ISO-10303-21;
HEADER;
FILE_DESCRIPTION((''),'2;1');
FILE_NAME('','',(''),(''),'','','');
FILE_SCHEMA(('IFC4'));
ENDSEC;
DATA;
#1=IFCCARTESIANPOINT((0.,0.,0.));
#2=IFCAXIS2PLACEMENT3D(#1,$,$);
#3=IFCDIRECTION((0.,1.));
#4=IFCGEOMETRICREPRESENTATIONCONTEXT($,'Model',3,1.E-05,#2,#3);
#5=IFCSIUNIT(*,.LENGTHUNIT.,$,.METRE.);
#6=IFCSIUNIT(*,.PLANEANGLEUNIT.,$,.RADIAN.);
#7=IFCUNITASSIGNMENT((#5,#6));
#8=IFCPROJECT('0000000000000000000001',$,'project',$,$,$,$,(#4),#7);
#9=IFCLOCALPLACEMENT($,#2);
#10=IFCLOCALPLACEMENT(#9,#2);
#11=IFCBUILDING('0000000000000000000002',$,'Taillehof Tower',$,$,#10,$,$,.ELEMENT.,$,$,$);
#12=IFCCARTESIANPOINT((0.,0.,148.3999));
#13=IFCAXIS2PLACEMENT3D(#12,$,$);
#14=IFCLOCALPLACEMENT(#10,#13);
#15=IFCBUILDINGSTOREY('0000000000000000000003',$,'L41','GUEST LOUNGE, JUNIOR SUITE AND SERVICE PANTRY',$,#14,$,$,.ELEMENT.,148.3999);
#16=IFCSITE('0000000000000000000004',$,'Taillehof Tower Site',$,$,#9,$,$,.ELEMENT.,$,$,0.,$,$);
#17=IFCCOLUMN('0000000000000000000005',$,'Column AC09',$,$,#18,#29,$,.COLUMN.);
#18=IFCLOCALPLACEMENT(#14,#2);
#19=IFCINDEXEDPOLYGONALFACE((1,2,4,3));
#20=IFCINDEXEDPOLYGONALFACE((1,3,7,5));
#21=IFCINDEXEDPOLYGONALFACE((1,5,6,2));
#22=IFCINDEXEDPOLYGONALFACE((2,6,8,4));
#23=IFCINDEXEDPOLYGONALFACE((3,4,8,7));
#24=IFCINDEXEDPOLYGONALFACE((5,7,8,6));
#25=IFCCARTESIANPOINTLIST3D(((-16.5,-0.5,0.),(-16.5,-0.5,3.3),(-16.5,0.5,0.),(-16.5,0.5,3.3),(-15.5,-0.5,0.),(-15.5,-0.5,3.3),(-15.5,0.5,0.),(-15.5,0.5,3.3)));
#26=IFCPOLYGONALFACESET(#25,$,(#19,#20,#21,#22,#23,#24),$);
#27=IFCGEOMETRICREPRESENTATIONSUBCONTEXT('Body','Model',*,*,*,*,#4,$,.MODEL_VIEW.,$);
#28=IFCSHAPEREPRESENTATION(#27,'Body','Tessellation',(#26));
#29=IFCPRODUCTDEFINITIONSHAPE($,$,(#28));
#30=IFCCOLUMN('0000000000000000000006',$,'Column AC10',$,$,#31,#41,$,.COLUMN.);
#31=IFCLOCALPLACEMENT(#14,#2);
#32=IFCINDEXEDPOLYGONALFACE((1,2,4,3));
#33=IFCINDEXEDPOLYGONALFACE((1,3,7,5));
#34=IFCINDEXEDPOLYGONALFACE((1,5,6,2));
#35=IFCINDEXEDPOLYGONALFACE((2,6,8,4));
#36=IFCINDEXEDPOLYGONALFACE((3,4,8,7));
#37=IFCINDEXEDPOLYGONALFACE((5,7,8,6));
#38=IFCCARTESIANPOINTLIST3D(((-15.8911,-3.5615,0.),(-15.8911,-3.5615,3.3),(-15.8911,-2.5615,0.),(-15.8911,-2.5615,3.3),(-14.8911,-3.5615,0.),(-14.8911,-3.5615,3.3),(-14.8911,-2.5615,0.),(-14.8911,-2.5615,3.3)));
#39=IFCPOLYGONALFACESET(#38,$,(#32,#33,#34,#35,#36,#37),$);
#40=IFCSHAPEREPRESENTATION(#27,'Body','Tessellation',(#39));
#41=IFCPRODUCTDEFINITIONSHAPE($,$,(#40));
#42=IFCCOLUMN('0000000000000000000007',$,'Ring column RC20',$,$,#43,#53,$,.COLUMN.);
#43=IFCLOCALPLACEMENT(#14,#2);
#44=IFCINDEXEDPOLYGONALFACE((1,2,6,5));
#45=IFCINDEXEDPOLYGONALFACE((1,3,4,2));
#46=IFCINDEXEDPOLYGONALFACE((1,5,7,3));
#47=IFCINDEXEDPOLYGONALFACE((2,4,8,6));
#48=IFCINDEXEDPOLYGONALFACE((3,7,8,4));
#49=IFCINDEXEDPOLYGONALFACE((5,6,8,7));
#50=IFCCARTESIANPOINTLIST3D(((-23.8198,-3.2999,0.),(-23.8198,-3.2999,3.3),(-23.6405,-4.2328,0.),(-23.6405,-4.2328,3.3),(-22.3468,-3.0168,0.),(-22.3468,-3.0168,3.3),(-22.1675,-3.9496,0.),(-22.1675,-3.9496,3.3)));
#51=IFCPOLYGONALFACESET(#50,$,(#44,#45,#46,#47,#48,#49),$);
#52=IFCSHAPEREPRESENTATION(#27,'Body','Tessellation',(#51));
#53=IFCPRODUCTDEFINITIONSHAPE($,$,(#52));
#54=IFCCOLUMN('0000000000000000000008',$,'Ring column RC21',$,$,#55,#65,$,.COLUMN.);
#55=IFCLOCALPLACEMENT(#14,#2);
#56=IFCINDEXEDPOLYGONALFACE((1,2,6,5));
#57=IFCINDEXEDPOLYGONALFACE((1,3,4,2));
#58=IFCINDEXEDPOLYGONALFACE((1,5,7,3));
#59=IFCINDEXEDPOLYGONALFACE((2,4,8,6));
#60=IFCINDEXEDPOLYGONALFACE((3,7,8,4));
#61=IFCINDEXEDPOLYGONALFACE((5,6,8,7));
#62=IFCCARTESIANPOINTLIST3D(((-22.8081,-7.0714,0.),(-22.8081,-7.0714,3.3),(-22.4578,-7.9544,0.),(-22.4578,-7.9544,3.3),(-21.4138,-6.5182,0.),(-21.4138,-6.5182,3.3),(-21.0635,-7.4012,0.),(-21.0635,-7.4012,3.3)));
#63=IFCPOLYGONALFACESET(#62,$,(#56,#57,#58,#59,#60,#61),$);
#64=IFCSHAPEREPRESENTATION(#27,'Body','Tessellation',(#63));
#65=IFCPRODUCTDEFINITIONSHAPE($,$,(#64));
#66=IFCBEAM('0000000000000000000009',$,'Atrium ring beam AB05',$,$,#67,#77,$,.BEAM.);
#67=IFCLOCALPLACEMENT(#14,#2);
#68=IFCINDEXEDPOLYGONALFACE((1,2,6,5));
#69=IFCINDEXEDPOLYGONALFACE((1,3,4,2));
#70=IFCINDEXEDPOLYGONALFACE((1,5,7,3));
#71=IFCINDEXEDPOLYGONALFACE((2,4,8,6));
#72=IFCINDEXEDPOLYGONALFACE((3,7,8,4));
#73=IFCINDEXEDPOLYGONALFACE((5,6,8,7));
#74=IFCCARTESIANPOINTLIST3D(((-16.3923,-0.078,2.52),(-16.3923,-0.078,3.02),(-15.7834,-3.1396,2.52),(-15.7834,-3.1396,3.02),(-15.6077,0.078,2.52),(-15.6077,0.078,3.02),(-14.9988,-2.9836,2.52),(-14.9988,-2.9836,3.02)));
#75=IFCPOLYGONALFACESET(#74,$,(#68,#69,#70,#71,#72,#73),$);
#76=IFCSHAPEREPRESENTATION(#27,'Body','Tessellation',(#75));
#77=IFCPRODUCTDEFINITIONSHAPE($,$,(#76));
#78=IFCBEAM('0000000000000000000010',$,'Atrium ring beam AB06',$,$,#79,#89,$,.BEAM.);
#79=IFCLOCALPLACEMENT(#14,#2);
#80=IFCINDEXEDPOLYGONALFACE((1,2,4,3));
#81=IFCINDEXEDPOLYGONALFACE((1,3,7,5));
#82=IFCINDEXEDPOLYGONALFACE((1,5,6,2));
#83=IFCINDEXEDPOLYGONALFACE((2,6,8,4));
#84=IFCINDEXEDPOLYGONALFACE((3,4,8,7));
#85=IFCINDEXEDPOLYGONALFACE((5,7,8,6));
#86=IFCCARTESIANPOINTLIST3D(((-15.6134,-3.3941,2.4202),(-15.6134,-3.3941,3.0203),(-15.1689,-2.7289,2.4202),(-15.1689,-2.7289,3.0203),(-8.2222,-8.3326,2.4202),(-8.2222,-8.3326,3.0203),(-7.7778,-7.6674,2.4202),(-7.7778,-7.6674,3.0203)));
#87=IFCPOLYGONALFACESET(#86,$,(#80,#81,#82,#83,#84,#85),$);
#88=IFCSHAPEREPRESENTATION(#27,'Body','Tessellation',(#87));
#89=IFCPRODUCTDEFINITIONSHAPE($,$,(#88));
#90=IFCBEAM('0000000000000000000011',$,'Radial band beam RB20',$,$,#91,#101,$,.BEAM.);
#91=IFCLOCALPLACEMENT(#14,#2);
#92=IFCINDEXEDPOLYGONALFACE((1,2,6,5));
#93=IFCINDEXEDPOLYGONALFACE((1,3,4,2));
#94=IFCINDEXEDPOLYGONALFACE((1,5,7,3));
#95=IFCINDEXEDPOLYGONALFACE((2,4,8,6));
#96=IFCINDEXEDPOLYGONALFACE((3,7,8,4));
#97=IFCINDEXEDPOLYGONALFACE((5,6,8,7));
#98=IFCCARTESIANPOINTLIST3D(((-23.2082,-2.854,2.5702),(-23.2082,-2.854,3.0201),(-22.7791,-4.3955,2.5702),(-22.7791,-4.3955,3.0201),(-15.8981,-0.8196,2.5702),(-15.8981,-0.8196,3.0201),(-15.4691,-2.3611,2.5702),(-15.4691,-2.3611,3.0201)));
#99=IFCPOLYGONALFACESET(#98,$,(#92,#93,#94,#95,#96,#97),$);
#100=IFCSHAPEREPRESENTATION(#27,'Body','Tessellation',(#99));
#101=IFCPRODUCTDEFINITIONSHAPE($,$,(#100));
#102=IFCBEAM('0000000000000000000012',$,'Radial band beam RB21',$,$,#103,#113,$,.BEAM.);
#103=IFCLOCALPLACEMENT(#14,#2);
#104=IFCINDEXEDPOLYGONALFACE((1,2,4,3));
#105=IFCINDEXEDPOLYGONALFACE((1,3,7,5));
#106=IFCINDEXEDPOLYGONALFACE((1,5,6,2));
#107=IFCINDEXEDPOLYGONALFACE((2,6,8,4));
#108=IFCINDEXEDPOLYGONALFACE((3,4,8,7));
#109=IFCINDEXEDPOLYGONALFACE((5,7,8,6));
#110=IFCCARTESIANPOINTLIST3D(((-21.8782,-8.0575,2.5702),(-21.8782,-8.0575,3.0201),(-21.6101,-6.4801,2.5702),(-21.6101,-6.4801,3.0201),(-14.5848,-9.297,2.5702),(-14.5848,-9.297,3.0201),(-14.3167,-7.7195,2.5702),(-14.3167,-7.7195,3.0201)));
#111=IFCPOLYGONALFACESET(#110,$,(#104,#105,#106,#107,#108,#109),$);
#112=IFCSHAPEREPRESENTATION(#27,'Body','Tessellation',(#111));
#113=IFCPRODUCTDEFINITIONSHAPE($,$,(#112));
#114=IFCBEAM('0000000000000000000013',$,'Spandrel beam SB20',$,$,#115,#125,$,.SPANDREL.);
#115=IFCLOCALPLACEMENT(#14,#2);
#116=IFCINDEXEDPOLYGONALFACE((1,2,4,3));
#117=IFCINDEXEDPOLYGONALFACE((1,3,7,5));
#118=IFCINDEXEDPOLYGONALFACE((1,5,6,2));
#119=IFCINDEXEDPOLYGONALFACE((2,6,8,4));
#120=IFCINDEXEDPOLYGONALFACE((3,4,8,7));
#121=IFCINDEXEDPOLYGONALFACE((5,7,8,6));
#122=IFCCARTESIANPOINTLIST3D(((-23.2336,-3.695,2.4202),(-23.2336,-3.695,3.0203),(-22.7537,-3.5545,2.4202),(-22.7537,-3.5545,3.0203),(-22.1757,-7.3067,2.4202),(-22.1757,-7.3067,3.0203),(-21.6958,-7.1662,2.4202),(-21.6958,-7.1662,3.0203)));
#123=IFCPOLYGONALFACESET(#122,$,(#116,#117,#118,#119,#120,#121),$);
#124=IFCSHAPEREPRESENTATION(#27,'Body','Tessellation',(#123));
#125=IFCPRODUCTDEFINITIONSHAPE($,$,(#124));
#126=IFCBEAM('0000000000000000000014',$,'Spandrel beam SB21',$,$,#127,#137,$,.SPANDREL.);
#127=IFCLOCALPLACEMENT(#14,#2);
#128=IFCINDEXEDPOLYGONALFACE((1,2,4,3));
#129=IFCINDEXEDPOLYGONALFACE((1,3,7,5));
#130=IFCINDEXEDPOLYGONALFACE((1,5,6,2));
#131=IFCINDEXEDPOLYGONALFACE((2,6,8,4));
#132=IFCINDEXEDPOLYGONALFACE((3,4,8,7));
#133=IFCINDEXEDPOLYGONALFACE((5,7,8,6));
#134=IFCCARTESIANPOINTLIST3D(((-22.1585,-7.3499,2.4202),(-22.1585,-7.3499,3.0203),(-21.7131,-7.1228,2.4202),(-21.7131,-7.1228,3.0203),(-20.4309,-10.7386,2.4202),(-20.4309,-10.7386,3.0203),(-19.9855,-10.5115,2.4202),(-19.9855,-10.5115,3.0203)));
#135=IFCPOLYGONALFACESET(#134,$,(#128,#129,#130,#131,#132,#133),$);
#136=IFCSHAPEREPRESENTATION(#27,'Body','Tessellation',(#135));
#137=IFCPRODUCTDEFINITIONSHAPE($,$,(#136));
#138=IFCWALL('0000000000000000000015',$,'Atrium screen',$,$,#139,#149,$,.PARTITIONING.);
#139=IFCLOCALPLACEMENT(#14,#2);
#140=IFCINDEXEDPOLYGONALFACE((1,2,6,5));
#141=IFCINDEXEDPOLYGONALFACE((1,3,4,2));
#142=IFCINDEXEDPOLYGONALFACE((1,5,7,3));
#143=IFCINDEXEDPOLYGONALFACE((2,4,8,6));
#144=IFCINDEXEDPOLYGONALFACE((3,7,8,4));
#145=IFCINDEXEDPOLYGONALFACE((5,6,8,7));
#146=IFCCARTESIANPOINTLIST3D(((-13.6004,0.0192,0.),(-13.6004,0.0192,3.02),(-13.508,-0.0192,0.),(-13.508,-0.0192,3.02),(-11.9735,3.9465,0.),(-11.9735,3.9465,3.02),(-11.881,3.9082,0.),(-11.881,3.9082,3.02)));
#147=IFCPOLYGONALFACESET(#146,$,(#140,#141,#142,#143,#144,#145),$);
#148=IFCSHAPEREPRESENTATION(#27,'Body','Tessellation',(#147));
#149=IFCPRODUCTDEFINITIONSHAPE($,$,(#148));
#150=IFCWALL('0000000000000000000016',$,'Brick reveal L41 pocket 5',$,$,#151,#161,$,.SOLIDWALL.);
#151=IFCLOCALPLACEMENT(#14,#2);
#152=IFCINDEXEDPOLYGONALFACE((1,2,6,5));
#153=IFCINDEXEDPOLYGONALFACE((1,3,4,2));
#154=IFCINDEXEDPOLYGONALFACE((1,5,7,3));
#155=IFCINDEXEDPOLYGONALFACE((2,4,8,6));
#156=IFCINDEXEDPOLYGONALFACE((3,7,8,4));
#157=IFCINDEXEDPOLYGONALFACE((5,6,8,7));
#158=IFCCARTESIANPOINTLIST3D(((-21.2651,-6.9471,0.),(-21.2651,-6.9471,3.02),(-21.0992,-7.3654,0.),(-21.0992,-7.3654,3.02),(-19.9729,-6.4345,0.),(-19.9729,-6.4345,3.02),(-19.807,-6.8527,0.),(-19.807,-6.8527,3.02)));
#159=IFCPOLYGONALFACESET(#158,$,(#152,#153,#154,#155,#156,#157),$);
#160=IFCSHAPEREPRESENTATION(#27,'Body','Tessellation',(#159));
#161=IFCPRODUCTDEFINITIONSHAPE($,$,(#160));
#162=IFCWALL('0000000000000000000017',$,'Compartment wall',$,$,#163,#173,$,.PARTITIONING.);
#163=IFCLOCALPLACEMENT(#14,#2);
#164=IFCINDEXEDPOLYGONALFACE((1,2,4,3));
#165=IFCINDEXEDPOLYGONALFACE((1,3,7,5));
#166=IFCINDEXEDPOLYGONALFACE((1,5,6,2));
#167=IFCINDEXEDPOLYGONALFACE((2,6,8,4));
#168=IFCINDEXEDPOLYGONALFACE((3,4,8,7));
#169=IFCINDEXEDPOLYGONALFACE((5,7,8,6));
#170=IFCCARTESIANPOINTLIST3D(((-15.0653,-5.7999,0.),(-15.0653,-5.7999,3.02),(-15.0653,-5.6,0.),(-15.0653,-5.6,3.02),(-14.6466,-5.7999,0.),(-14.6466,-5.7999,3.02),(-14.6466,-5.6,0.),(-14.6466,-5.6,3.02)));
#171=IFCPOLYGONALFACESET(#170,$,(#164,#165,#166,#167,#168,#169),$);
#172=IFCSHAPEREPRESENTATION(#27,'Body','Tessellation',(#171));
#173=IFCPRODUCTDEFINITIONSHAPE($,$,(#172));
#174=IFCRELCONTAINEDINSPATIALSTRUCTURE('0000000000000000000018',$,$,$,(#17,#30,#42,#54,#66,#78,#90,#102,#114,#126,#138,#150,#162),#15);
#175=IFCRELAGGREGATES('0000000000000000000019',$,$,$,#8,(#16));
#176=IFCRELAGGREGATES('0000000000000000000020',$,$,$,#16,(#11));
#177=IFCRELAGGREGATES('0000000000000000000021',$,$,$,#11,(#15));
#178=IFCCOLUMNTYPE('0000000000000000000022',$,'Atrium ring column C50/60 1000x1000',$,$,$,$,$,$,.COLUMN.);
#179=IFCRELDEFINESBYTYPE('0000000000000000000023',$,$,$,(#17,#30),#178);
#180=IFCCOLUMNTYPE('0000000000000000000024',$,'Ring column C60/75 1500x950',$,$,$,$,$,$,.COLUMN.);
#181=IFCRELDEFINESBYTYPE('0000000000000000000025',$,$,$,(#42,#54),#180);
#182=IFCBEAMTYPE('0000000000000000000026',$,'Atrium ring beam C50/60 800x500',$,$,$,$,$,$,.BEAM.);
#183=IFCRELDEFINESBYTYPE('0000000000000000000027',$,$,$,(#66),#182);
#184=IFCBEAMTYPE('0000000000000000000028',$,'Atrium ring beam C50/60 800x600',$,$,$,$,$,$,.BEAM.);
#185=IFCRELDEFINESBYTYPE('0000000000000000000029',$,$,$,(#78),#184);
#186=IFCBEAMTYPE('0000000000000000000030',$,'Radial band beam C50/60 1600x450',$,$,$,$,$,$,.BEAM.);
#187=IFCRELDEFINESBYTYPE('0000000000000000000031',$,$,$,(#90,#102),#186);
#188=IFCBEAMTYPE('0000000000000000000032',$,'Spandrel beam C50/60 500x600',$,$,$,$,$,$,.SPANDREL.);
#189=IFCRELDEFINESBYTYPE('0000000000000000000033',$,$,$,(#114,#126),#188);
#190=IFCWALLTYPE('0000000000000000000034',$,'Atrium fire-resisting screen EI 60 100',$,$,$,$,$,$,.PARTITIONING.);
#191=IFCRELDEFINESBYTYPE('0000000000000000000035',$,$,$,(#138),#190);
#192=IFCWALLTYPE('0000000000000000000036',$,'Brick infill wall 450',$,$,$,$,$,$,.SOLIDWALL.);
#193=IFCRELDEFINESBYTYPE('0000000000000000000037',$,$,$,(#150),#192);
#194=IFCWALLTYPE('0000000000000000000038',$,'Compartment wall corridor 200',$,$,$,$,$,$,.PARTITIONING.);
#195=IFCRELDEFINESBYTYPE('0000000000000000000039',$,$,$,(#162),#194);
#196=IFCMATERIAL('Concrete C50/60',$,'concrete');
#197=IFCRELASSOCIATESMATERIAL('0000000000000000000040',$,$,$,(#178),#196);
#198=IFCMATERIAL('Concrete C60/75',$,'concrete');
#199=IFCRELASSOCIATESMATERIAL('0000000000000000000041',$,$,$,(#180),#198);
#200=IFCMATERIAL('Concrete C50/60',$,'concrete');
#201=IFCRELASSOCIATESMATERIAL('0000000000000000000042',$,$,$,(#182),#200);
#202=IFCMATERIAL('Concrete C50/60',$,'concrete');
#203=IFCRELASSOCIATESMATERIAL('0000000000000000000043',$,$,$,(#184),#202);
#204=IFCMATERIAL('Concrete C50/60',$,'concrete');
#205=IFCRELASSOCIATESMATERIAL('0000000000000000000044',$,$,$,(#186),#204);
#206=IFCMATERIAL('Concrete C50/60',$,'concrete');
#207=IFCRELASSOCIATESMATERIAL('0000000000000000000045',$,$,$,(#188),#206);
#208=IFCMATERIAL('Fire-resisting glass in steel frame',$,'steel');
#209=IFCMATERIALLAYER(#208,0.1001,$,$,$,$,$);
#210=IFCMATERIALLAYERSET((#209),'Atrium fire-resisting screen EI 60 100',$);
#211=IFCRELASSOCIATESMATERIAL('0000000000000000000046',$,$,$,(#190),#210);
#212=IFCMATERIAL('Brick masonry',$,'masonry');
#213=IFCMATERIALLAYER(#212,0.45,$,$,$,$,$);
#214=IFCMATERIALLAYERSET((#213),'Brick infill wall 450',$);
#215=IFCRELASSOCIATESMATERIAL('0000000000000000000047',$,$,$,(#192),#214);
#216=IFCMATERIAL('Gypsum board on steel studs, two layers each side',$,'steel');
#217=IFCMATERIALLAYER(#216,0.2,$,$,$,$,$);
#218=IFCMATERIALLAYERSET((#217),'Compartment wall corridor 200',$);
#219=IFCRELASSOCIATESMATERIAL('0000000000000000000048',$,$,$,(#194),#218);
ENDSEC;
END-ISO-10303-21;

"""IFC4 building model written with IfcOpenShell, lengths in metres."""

from ifc_helpers import new_model, si_unit, direction, frame, frame_2d, origin, origin_2d, place, context, subcontext, project, spatial, rectangle, extrude, material, layer, layer_set, material_profile, profile_set, type_object, element, save


model = new_model("IFC4")

# Units and contexts
model_context = context("Model", 3, precision=1e-05, world=origin(), true_north=direction((0.0, 1.0)))
body_context = subcontext(model_context, "Body", "Model", "MODEL_VIEW")
ifc_project = project(units=[si_unit("LENGTHUNIT", "METRE"), si_unit("PLANEANGLEUNIT", "RADIAN")], contexts=[model_context])

# Site, building, storey
site_placement = place(None, origin())
site = spatial("IfcSite", under=ifc_project, at=site_placement, Name="Taillehof Tower Site", CompositionType="ELEMENT", RefElevation=0.0)
building_placement = place(site_placement, origin())
building = spatial("IfcBuilding", under=site, at=building_placement, Name="Taillehof Tower", CompositionType="ELEMENT")
storey_placement = place(building_placement, frame((0.0, 0.0, 148.3999)))
storey = spatial("IfcBuildingStorey", under=building, at=storey_placement, Name="L41", Description="GUEST LOUNGE, JUNIOR SUITE AND SERVICE PANTRY", CompositionType="ELEMENT", Elevation=148.3999)

# Columns
ifc_material_1 = material(Name="Concrete C50/60", Category="concrete")
ifc_material_profile_1 = material_profile(ifc_material_1, rectangle(XDim=1.0, YDim=1.0, at=origin_2d()), Name="RC 1000x1000")
ifc_profile_set_1 = profile_set([ifc_material_profile_1], Name="Concrete C50/60")
column_type_1 = type_object("IfcColumnType", Name="Atrium ring column C50/60 1000x1000", PredefinedType="COLUMN", material=ifc_profile_set_1)
for number, where, z_axis, x_axis, name in (
    (1, (-16.0, 0.0, 0.0), (0.0, 0.0, 1.0), (1.0, 0.0, 0.0), "Column AC09"),
    (2, (-15.3911, -3.0615, 0.0), (0.0, 0.0, 1.0), (1.0, 0.0, 0.0), "Column AC10"),
):
    element("IfcColumn", number, at=place(storey_placement, frame(where, z_axis=z_axis, x_axis=x_axis)), inside=storey, type_object=column_type_1, Name=name, PredefinedType="COLUMN", context=body_context, shape_type="SweptSolid", body=[
        extrude(rectangle(XDim=1.0, YDim=1.0, at=origin_2d()), origin(), (0.0, 0.0, 1.0), 3.3),
    ])
ifc_material_2 = material(Name="Concrete C60/75", Category="concrete")
ifc_material_profile_2 = material_profile(ifc_material_2, rectangle(XDim=1.5, YDim=0.95, at=origin_2d()), Name="RC 1500x950")
ifc_profile_set_2 = profile_set([ifc_material_profile_2], Name="Concrete C60/75")
column_type_2 = type_object("IfcColumnType", Name="Ring column C60/75 1500x950", PredefinedType="COLUMN", material=ifc_profile_set_2)
for number, where, z_axis, x_axis, name in (
    (3, (-22.9937, -3.6248, 0.0), (0.0, 0.0, 1.0), (-0.982024, -0.188757, 0.0), "Ring column RC20"),
    (4, (-21.9358, -7.2363, 0.0), (0.0, 0.0, 1.0), (-0.929511, -0.368793, 0.0), "Ring column RC21"),
):
    element("IfcColumn", number, at=place(storey_placement, frame(where, z_axis=z_axis, x_axis=x_axis)), inside=storey, type_object=column_type_2, Name=name, PredefinedType="COLUMN", context=body_context, shape_type="SweptSolid", body=[
        extrude(rectangle(XDim=1.5, YDim=0.95, at=origin_2d()), origin(), (0.0, 0.0, 1.0), 3.3),
    ])

# Beams
ifc_material_3 = material(Name="Concrete C50/60", Category="concrete")
ifc_material_profile_3 = material_profile(ifc_material_3, rectangle(XDim=0.8, YDim=0.5, at=origin_2d()), Name="RC 800x500")
ifc_profile_set_3 = profile_set([ifc_material_profile_3], Name="Concrete C50/60")
beam_type_1 = type_object("IfcBeamType", Name="Atrium ring beam C50/60 800x500", PredefinedType="BEAM", material=ifc_profile_set_3)
beam_1_placement = place(storey_placement, frame((-16.0, 0.0, 2.77), z_axis=(0.195063, -0.980791, 0.0), x_axis=(0.980791, 0.195063, 0.0)))
element("IfcBeam", 5, at=beam_1_placement, inside=storey, type_object=beam_type_1, Name="Atrium ring beam AB05", PredefinedType="BEAM", context=body_context, shape_type="SweptSolid", body=[
    extrude(rectangle(XDim=0.8, YDim=0.5, at=origin_2d()), origin(), (0.0, 0.0, 1.0), 3.1216),
])
ifc_material_4 = material(Name="Concrete C50/60", Category="concrete")
ifc_material_profile_4 = material_profile(ifc_material_4, rectangle(XDim=0.8, YDim=0.6001, at=origin_2d()), Name="RC 800x600")
ifc_profile_set_4 = profile_set([ifc_material_profile_4], Name="Concrete C50/60")
beam_type_2 = type_object("IfcBeamType", Name="Atrium ring beam C50/60 800x600", PredefinedType="BEAM", material=ifc_profile_set_4)
beam_2_placement = place(storey_placement, frame((-15.3911, -3.0615, 2.7202), z_axis=(0.831475, -0.555562, 0.0), x_axis=(0.555562, 0.831475, 0.0)))
element("IfcBeam", 6, at=beam_2_placement, inside=storey, type_object=beam_type_2, Name="Atrium ring beam AB06", PredefinedType="BEAM", context=body_context, shape_type="SweptSolid", body=[
    extrude(rectangle(XDim=0.8, YDim=0.6001, at=origin_2d()), origin(), (0.0, 0.0, 1.0), 8.8892),
])
ifc_material_5 = material(Name="Concrete C50/60", Category="concrete")
ifc_material_profile_5 = material_profile(ifc_material_5, rectangle(XDim=1.6001, YDim=0.45, at=origin_2d()), Name="RC 1600x450")
ifc_profile_set_5 = profile_set([ifc_material_profile_5], Name="Concrete C50/60")
beam_type_3 = type_object("IfcBeamType", Name="Radial band beam C50/60 1600x450", PredefinedType="BEAM", material=ifc_profile_set_5)
beam_3_placement = place(storey_placement, frame((-22.9937, -3.6248, 2.7952), z_axis=(0.963387, 0.268115, 0.0), x_axis=(-0.268115, 0.963387, 0.0)))
element("IfcBeam", 7, at=beam_3_placement, inside=storey, type_object=beam_type_3, Name="Radial band beam RB20", PredefinedType="BEAM", context=body_context, shape_type="SweptSolid", body=[
    extrude(rectangle(XDim=1.6001, YDim=0.45, at=origin_2d()), origin(), (0.0, 0.0, 1.0), 7.5879),
])
beam_4_placement = place(storey_placement, frame((-21.7441, -7.2688, 2.7952), z_axis=(0.985864, -0.167545, 0.0), x_axis=(0.167545, 0.985864, 0.0)))
element("IfcBeam", 8, at=beam_4_placement, inside=storey, type_object=beam_type_3, Name="Radial band beam RB21", PredefinedType="BEAM", context=body_context, shape_type="SweptSolid", body=[
    extrude(rectangle(XDim=1.6001, YDim=0.45, at=origin_2d()), origin(), (0.0, 0.0, 1.0), 7.3979),
])
ifc_material_6 = material(Name="Concrete C50/60", Category="concrete")
ifc_material_profile_6 = material_profile(ifc_material_6, rectangle(XDim=0.5, YDim=0.6001, at=origin_2d()), Name="RC 500x600")
ifc_profile_set_6 = profile_set([ifc_material_profile_6], Name="Concrete C50/60")
beam_type_4 = type_object("IfcBeamType", Name="Spandrel beam C50/60 500x600", PredefinedType="SPANDREL", material=ifc_profile_set_6)
beam_5_placement = place(storey_placement, frame((-22.9937, -3.6248, 2.7202), z_axis=(0.281098, -0.959679, 0.0), x_axis=(0.959679, 0.281098, 0.0)))
element("IfcBeam", 9, at=beam_5_placement, inside=storey, type_object=beam_type_4, Name="Spandrel beam SB20", PredefinedType="SPANDREL", context=body_context, shape_type="SweptSolid", body=[
    extrude(rectangle(XDim=0.5, YDim=0.6001, at=origin_2d()), origin(), (0.0, 0.0, 1.0), 3.7634),
])
beam_6_placement = place(storey_placement, frame((-21.9358, -7.2363, 2.7202), z_axis=(0.454183, -0.890908, 0.0), x_axis=(0.890908, 0.454183, 0.0)))
element("IfcBeam", 10, at=beam_6_placement, inside=storey, type_object=beam_type_4, Name="Spandrel beam SB21", PredefinedType="SPANDREL", context=body_context, shape_type="SweptSolid", body=[
    extrude(rectangle(XDim=0.5, YDim=0.6001, at=origin_2d()), origin(), (0.0, 0.0, 1.0), 3.8037),
])

# Walls
ifc_material_7 = material(Name="Fire-resisting glass in steel frame", Category="steel")
ifc_layer_1 = layer(ifc_material_7, 0.1001)
ifc_layer_set_1 = layer_set([ifc_layer_1], Name="Atrium fire-resisting screen EI 60 100")
wall_type_1 = type_object("IfcWallType", Name="Atrium fire-resisting screen EI 60 100", PredefinedType="PARTITIONING", material=ifc_layer_set_1)
wall_1_placement = place(storey_placement, frame((-13.5542, 0.0, 0.0), z_axis=(0.0, 0.0, 1.0), x_axis=(0.382731, 0.92386, 0.0)))
element("IfcWall", 11, at=wall_1_placement, inside=storey, type_object=wall_type_1, Name="Atrium screen", PredefinedType="PARTITIONING", context=body_context, shape_type="SweptSolid", body=[
    extrude(rectangle(XDim=4.251, YDim=0.1001, at=frame_2d((2.1255, 0.0))), origin(), (0.0, 0.0, 1.0), 3.02),
])
ifc_material_8 = material(Name="Brick masonry", Category="masonry")
ifc_layer_2 = layer(ifc_material_8, 0.45)
ifc_layer_set_2 = layer_set([ifc_layer_2], Name="Brick infill wall 450")
wall_type_2 = type_object("IfcWallType", Name="Brick infill wall 450", PredefinedType="SOLIDWALL", material=ifc_layer_set_2)
wall_2_placement = place(storey_placement, frame((-21.1821, -7.1562, 0.0), z_axis=(0.0, 0.0, 1.0), x_axis=(0.929515, 0.368785, 0.0)))
element("IfcWall", 12, at=wall_2_placement, inside=storey, type_object=wall_type_2, Name="Brick reveal L41 pocket 5", PredefinedType="SOLIDWALL", context=body_context, shape_type="SweptSolid", body=[
    extrude(rectangle(XDim=1.3901, YDim=0.45, at=frame_2d((0.6951, 0.0))), origin(), (0.0, 0.0, 1.0), 3.02),
])

# Wall
ifc_material_9 = material(Name="Gypsum board on steel studs, two layers each side", Category="steel")
ifc_layer_3 = layer(ifc_material_9, 0.2)
ifc_layer_set_3 = layer_set([ifc_layer_3], Name="Compartment wall corridor 200")
wall_type_3 = type_object("IfcWallType", Name="Compartment wall corridor 200", PredefinedType="PARTITIONING", material=ifc_layer_set_3)
wall_3_placement = place(storey_placement, frame((-15.0654, -5.7, 0.0), z_axis=(0.0, 0.0, 1.0), x_axis=(1.0, 0.0, 0.0)))
element("IfcWall", 13, at=wall_3_placement, inside=storey, type_object=wall_type_3, Name="Compartment wall", PredefinedType="PARTITIONING", context=body_context, shape_type="SweptSolid", body=[
    extrude(rectangle(XDim=0.4187, YDim=0.2, at=frame_2d((0.2095, 0.0))), origin(), (0.0, 0.0, 1.0), 3.02),
])

save(model, "model.ifc")
